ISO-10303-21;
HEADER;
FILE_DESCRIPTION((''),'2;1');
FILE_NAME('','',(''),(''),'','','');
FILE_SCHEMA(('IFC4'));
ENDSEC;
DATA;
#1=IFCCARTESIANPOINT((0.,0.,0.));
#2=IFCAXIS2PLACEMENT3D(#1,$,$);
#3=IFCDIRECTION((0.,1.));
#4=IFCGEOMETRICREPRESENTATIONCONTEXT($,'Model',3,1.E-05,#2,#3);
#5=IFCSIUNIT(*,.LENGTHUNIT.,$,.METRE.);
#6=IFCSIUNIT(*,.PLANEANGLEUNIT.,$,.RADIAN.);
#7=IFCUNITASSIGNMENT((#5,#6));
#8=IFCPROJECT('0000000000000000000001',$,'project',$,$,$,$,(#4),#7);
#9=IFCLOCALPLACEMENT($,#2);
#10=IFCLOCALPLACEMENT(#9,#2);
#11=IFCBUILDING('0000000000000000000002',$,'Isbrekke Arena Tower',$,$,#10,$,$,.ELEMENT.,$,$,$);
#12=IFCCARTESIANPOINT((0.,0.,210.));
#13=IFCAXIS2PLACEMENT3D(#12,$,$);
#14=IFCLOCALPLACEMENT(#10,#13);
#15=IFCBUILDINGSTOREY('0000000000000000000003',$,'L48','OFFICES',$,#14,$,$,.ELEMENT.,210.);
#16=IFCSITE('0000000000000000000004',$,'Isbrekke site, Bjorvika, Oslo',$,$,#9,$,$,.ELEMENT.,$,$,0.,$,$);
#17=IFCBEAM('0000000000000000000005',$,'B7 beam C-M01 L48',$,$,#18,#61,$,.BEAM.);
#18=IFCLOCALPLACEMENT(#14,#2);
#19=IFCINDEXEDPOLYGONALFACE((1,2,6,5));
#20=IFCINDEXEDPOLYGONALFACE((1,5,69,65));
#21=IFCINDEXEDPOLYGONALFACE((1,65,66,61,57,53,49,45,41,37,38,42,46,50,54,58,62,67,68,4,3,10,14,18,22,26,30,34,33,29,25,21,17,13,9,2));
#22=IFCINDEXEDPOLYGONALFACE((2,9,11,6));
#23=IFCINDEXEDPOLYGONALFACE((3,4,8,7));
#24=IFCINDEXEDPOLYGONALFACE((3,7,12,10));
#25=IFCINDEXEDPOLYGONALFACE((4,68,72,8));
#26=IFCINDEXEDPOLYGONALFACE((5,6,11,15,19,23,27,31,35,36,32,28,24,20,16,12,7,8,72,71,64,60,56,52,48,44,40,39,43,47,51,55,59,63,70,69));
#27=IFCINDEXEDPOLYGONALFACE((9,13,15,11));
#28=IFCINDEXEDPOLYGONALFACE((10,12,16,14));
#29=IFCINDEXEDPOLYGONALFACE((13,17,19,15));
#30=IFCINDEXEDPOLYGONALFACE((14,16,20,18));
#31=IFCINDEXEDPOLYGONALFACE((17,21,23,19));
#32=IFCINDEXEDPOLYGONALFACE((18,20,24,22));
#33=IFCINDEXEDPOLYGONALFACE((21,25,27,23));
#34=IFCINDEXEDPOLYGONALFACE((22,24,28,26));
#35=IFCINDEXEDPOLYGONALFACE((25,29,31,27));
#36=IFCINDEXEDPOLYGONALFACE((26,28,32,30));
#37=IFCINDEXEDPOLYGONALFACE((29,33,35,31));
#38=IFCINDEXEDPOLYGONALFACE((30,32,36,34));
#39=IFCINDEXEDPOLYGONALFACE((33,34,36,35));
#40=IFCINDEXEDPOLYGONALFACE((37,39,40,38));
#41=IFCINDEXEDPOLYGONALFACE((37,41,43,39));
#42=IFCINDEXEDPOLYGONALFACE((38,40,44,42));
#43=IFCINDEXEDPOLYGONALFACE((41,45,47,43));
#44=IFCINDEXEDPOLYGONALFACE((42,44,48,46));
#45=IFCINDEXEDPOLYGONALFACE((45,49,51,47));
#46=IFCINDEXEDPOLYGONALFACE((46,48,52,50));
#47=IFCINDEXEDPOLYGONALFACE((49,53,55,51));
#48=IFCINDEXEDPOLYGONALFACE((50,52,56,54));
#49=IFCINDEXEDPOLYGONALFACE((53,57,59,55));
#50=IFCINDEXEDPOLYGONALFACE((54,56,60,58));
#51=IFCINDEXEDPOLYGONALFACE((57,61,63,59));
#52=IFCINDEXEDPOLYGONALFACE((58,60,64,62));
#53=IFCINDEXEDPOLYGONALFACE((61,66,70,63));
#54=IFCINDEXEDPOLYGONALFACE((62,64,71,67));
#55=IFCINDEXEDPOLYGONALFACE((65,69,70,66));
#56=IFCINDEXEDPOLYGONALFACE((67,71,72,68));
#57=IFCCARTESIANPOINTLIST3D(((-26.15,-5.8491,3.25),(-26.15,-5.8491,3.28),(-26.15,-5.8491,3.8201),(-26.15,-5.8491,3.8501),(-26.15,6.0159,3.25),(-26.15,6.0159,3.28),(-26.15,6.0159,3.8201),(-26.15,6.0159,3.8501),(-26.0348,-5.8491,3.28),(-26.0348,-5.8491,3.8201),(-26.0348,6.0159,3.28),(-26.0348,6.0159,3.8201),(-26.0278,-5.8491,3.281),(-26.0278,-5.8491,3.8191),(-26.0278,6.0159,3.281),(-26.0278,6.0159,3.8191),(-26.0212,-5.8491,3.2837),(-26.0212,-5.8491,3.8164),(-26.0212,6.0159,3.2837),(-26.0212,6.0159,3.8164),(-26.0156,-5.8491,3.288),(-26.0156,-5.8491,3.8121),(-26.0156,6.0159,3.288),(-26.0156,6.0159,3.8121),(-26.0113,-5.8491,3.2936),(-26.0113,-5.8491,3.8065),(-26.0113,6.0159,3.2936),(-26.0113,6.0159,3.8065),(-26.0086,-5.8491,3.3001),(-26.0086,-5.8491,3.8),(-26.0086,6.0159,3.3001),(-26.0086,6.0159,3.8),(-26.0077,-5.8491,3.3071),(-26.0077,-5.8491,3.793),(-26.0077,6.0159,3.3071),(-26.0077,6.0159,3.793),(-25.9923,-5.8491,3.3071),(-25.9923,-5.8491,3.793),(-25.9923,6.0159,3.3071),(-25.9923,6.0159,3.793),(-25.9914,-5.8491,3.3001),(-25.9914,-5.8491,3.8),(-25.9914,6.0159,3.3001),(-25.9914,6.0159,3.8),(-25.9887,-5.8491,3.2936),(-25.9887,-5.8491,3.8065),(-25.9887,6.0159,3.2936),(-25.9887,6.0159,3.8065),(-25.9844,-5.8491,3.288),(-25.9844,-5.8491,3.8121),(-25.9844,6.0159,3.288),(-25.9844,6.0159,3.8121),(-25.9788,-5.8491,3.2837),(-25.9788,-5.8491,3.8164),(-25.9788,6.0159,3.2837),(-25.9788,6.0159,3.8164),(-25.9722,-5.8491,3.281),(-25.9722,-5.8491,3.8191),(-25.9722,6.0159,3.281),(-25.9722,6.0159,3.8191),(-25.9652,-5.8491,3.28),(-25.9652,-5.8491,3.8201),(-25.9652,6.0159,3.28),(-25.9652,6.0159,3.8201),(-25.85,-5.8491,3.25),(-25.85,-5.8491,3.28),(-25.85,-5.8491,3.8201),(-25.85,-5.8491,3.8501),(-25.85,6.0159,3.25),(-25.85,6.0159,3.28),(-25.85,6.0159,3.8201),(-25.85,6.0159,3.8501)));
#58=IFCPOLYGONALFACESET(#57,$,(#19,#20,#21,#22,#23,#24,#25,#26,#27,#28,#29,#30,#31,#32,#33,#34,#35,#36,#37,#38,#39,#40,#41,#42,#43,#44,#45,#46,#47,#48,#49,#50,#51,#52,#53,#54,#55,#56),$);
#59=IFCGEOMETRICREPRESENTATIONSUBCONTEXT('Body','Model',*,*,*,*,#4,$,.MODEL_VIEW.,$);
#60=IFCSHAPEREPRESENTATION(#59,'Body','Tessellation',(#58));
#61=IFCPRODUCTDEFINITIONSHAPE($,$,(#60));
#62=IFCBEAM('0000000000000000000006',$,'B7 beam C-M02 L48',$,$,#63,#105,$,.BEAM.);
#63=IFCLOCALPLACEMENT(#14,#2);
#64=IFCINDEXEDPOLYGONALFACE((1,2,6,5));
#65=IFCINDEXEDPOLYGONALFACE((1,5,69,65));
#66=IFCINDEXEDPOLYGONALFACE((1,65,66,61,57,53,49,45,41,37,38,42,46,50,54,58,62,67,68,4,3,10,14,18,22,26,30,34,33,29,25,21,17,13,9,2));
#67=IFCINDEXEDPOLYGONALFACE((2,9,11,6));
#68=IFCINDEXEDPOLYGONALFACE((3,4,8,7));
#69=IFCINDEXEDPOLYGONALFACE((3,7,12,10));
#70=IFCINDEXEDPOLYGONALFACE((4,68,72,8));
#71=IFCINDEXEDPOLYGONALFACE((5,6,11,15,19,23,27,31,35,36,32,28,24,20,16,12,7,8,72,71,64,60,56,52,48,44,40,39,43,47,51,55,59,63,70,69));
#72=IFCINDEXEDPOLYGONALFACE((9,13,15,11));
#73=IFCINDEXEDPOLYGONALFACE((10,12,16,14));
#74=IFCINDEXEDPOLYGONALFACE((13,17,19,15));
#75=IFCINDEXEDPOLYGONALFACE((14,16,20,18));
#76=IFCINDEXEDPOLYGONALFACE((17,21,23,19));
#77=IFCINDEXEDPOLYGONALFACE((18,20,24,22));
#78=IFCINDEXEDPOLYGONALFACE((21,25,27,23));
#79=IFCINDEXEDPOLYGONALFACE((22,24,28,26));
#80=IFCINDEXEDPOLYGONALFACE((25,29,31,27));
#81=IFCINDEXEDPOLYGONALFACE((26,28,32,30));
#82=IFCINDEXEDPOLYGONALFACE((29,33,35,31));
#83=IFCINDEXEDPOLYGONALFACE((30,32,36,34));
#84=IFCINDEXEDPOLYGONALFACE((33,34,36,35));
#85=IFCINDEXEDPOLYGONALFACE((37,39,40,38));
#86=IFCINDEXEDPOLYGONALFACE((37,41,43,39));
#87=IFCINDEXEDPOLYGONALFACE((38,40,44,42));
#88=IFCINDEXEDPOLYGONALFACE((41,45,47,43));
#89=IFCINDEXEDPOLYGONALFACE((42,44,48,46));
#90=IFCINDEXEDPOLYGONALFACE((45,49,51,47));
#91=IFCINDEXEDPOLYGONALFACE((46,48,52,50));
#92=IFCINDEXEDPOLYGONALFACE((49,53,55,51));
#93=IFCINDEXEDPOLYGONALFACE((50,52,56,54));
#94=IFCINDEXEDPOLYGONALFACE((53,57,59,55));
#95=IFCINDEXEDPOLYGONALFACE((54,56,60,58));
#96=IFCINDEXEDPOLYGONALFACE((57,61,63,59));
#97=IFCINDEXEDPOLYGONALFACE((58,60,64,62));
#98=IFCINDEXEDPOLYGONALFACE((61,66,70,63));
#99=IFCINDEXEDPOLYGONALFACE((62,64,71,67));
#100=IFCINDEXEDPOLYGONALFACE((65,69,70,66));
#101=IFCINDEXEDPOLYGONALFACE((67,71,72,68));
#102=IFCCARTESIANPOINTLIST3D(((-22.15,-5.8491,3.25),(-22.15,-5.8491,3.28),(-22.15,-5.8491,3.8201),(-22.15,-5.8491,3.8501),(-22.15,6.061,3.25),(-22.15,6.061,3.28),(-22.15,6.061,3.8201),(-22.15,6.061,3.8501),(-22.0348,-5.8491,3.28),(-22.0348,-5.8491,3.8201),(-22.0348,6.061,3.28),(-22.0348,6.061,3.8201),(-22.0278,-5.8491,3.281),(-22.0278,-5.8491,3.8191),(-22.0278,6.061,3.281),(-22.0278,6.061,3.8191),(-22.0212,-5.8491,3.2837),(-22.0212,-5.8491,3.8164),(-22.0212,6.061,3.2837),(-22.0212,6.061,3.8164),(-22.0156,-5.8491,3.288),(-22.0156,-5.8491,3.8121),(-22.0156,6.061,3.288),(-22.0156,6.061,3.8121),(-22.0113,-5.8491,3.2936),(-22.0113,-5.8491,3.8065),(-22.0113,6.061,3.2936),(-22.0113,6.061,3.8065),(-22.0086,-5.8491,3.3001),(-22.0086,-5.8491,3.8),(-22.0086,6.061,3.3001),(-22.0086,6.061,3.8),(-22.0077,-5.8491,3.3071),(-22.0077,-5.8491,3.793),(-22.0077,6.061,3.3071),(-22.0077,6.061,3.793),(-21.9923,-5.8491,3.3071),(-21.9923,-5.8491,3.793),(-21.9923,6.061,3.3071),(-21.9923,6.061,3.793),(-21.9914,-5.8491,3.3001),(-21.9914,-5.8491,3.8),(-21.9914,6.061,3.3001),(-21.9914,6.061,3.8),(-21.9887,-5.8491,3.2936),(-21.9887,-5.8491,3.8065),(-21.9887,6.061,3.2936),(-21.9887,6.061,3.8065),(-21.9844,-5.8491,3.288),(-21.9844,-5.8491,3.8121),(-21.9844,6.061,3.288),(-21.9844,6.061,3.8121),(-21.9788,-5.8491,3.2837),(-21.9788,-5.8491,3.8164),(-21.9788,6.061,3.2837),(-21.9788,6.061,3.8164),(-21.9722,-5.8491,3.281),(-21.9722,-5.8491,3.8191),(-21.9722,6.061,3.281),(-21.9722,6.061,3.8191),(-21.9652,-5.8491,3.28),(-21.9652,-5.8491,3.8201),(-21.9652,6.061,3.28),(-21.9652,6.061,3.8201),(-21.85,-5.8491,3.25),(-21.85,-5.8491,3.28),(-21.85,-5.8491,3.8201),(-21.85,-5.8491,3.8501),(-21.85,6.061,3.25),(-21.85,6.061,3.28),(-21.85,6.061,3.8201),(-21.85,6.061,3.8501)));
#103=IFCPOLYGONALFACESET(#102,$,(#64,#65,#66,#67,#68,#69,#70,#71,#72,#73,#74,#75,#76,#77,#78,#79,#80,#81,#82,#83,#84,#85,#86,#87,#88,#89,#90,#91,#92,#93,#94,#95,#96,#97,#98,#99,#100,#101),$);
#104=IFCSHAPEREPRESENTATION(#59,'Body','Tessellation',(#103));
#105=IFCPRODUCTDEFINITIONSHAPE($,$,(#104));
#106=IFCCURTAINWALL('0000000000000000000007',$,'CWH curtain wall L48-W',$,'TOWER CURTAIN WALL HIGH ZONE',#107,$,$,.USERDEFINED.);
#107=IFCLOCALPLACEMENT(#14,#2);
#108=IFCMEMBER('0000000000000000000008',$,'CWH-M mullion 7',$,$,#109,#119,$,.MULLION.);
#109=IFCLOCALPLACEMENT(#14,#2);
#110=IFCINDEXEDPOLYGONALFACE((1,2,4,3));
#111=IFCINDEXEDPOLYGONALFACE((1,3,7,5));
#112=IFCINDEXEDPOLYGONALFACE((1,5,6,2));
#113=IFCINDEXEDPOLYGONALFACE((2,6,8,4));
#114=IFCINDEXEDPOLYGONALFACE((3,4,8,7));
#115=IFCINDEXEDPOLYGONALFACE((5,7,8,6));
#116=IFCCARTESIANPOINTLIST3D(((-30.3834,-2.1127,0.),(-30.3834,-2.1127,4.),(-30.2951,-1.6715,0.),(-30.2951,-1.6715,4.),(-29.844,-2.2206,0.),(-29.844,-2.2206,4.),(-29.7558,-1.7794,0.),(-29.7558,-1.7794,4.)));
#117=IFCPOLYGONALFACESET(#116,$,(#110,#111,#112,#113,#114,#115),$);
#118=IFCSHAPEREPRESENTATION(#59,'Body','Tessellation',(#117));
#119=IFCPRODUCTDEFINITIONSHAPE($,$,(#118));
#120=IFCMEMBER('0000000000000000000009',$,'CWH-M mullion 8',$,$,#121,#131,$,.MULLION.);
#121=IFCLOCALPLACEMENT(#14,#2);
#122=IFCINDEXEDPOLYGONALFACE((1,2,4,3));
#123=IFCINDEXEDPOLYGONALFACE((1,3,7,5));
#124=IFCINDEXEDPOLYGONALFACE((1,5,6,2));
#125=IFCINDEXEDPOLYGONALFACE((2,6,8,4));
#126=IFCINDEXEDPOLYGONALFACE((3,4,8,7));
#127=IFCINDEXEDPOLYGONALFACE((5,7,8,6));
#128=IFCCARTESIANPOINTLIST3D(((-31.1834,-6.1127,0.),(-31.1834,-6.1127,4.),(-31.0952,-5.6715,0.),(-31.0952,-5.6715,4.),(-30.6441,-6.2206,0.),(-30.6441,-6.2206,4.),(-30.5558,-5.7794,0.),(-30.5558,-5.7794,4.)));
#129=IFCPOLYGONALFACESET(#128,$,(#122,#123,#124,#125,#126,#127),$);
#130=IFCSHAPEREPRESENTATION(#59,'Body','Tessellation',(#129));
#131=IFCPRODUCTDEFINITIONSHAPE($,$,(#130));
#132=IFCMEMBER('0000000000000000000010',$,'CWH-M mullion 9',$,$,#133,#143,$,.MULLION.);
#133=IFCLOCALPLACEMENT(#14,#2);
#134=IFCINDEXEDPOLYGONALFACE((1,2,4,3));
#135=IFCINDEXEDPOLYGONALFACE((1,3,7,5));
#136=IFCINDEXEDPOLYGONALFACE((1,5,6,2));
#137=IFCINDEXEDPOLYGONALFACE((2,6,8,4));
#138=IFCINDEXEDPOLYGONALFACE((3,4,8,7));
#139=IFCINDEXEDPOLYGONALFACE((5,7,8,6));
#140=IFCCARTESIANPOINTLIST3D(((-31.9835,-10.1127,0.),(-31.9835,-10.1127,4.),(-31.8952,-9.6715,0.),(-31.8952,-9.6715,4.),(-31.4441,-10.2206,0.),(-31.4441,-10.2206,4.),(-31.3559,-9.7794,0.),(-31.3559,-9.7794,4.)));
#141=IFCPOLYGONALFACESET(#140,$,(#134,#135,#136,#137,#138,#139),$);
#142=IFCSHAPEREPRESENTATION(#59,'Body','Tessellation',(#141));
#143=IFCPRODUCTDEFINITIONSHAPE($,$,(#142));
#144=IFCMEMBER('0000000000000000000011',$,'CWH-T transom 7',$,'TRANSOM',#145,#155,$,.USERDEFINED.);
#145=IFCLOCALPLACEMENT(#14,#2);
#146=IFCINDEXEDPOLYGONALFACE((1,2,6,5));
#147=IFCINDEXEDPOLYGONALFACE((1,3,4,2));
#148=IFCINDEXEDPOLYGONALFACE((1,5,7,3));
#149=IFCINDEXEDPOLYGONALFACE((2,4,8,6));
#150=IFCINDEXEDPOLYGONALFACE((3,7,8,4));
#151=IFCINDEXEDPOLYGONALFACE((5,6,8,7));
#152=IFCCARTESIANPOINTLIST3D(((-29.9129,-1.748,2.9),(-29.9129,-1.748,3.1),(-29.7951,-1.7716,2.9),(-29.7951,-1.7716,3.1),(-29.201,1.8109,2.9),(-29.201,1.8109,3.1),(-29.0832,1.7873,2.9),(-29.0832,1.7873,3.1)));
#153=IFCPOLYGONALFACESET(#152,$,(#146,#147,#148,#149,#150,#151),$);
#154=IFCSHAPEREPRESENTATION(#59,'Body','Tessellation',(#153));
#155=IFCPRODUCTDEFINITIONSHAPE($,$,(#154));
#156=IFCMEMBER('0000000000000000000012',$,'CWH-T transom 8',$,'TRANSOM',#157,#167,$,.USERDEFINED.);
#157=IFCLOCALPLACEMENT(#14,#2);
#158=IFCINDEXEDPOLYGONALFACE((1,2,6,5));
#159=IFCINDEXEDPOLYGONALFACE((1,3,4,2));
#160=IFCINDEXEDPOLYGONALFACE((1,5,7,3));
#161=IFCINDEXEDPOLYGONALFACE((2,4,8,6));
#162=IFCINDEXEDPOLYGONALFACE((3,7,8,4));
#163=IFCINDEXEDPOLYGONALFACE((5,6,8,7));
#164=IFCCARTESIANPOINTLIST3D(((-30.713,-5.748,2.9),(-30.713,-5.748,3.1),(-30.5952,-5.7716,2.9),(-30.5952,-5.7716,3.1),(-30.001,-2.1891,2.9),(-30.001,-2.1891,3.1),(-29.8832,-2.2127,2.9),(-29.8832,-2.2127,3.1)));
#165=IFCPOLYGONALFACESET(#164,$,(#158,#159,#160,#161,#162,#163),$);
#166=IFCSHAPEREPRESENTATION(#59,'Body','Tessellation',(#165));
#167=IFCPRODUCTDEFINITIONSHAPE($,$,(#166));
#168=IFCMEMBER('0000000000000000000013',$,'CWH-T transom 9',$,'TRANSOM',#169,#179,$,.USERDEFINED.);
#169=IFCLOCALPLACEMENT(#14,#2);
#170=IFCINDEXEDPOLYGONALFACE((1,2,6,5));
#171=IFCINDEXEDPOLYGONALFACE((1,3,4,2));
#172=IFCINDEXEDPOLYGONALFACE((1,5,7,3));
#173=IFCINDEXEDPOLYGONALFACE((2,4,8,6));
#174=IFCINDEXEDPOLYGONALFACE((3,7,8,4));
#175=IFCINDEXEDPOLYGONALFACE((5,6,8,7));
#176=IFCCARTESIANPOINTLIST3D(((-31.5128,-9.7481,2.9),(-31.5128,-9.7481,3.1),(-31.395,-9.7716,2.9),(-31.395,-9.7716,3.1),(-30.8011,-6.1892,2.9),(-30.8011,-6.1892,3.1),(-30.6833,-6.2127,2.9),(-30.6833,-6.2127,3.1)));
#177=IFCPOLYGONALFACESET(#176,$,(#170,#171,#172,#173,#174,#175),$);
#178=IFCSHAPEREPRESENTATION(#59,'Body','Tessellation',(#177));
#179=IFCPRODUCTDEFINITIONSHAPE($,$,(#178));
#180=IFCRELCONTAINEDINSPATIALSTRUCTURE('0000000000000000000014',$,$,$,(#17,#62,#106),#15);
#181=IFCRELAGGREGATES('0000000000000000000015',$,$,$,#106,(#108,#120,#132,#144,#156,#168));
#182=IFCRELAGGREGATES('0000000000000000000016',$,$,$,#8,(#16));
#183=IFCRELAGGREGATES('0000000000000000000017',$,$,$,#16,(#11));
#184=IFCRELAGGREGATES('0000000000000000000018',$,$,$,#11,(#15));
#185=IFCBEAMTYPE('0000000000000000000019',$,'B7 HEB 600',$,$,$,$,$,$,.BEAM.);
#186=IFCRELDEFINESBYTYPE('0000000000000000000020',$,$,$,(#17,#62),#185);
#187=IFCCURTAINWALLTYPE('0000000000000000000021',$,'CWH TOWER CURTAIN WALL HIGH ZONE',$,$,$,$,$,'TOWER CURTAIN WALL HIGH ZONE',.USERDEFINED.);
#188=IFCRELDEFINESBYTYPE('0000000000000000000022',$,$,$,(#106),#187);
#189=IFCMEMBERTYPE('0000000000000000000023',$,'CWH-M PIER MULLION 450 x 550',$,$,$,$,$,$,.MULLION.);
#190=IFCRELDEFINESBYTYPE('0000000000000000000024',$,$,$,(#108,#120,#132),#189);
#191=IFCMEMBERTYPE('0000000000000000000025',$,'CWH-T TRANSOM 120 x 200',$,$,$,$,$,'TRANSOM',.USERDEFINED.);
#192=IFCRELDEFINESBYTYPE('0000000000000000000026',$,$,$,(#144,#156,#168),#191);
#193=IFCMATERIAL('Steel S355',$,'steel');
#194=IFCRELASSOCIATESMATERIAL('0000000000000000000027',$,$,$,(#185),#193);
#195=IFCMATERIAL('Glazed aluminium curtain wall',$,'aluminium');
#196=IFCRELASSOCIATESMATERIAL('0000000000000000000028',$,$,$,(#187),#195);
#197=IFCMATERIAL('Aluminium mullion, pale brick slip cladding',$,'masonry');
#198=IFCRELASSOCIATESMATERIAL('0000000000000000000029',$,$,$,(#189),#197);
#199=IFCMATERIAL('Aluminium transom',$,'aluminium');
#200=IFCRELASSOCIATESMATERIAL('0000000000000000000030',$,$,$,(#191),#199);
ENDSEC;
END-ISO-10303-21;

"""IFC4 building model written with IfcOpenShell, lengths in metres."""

from ifc_helpers import new_model, si_unit, direction, frame, origin, origin_2d, place, context, subcontext, project, spatial, rectangle, i_section, extrude, material, material_profile, profile_set, type_object, element, aggregate, save


model = new_model("IFC4")

# Units and contexts
model_context = context("Model", 3, precision=1e-05, world=origin(), true_north=direction((0.0, 1.0)))
body_context = subcontext(model_context, "Body", "Model", "MODEL_VIEW")
ifc_project = project(units=[si_unit("LENGTHUNIT", "METRE"), si_unit("PLANEANGLEUNIT", "RADIAN")], contexts=[model_context])

# Site, building, storey
site_placement = place(None, origin())
site = spatial("IfcSite", under=ifc_project, at=site_placement, Name="Isbrekke site, Bjorvika, Oslo", CompositionType="ELEMENT", RefElevation=0.0)
building_placement = place(site_placement, origin())
building = spatial("IfcBuilding", under=site, at=building_placement, Name="Isbrekke Arena Tower", CompositionType="ELEMENT")
storey_placement = place(building_placement, frame((0.0, 0.0, 210.0)))
storey = spatial("IfcBuildingStorey", under=building, at=storey_placement, Name="L48", Description="OFFICES", CompositionType="ELEMENT", Elevation=210.0)

# Beams
ifc_material_1 = material(Name="Steel S355", Category="steel")
ifc_material_profile_1 = material_profile(ifc_material_1, i_section(OverallWidth=0.3, OverallDepth=0.6001, WebThickness=0.0154, FlangeThickness=0.03, FilletRadius=0.0271, at=origin_2d()), Name="HEB 600")
ifc_profile_set_1 = profile_set([ifc_material_profile_1], Name="Steel S355")
beam_type_1 = type_object("IfcBeamType", Name="B7 HEB 600", PredefinedType="BEAM", material=ifc_profile_set_1)
beam_1_placement = place(storey_placement, frame((-26.0, -5.8491, 3.55), z_axis=(0.0, 1.0, 0.0), x_axis=(-1.0, 0.0, 0.0)))
element("IfcBeam", 1, at=beam_1_placement, inside=storey, type_object=beam_type_1, Name="B7 beam C-M01 L48", PredefinedType="BEAM", context=body_context, shape_type="SweptSolid", body=[
    extrude(i_section(OverallWidth=0.3, OverallDepth=0.6001, WebThickness=0.0154, FlangeThickness=0.03, FilletRadius=0.0271, at=origin_2d()), origin(), (0.0, 0.0, 1.0), 11.865),
])
beam_2_placement = place(storey_placement, frame((-22.0, -5.8491, 3.55), z_axis=(0.0, 1.0, 0.0), x_axis=(-1.0, 0.0, 0.0)))
element("IfcBeam", 2, at=beam_2_placement, inside=storey, type_object=beam_type_1, Name="B7 beam C-M02 L48", PredefinedType="BEAM", context=body_context, shape_type="SweptSolid", body=[
    extrude(i_section(OverallWidth=0.3, OverallDepth=0.6001, WebThickness=0.0154, FlangeThickness=0.03, FilletRadius=0.0271, at=origin_2d()), origin(), (0.0, 0.0, 1.0), 11.9102),
])

# Curtain wall, members
ifc_material_2 = material(Name="Glazed aluminium curtain wall", Category="aluminium")
curtain_wall_type = type_object("IfcCurtainWallType", Name="CWH TOWER CURTAIN WALL HIGH ZONE", ElementType="TOWER CURTAIN WALL HIGH ZONE", PredefinedType="USERDEFINED", material=ifc_material_2)
curtain_wall_placement = place(storey_placement, origin())
curtain_wall = element("IfcCurtainWall", 3, at=curtain_wall_placement, inside=storey, type_object=curtain_wall_type, Name="CWH curtain wall L48-W", ObjectType="TOWER CURTAIN WALL HIGH ZONE", PredefinedType="USERDEFINED")
ifc_material_3 = material(Name="Aluminium mullion, pale brick slip cladding", Category="masonry")
ifc_material_profile_2 = material_profile(ifc_material_3, rectangle(XDim=0.45, YDim=0.55, at=origin_2d()), Name="PIER 450X550")
ifc_profile_set_2 = profile_set([ifc_material_profile_2], Name="Aluminium mullion, pale brick slip cladding")
member_type_1 = type_object("IfcMemberType", Name="CWH-M PIER MULLION 450 x 550", PredefinedType="MULLION", material=ifc_profile_set_2)
member_1_placement = place(storey_placement, frame((-30.0696, -1.946, 0.0), z_axis=(0.0, 0.0, 1.0), x_axis=(-0.196116, -0.980581, 0.0)))
member_1 = element("IfcMember", 4, at=member_1_placement, type_object=member_type_1, Name="CWH-M mullion 7", PredefinedType="MULLION", context=body_context, shape_type="SweptSolid", body=[
    extrude(rectangle(XDim=0.45, YDim=0.55, at=origin_2d()), origin(), (0.0, 0.0, 1.0), 4.0),
])
member_2_placement = place(storey_placement, frame((-30.8696, -5.946, 0.0), z_axis=(0.0, 0.0, 1.0), x_axis=(-0.196116, -0.980581, 0.0)))
member_2 = element("IfcMember", 5, at=member_2_placement, type_object=member_type_1, Name="CWH-M mullion 8", PredefinedType="MULLION", context=body_context, shape_type="SweptSolid", body=[
    extrude(rectangle(XDim=0.45, YDim=0.55, at=origin_2d()), origin(), (0.0, 0.0, 1.0), 4.0),
])
member_3_placement = place(storey_placement, frame((-31.6697, -9.946, 0.0), z_axis=(0.0, 0.0, 1.0), x_axis=(-0.196116, -0.980581, 0.0)))
member_3 = element("IfcMember", 6, at=member_3_placement, type_object=member_type_1, Name="CWH-M mullion 9", PredefinedType="MULLION", context=body_context, shape_type="SweptSolid", body=[
    extrude(rectangle(XDim=0.45, YDim=0.55, at=origin_2d()), origin(), (0.0, 0.0, 1.0), 4.0),
])
ifc_material_4 = material(Name="Aluminium transom", Category="aluminium")
ifc_material_profile_3 = material_profile(ifc_material_4, rectangle(XDim=0.1201, YDim=0.2, at=origin_2d()), Name="TRANSOM 120X200")
ifc_profile_set_3 = profile_set([ifc_material_profile_3], Name="Aluminium transom")
member_type_2 = type_object("IfcMemberType", Name="CWH-T TRANSOM 120 x 200", ElementType="TRANSOM", PredefinedType="USERDEFINED", material=ifc_profile_set_3)
member_4_placement = place(storey_placement, frame((-29.1421, 1.7991, 3.0), z_axis=(-0.196155, -0.980573, 0.0), x_axis=(0.980573, -0.196155, 0.0)))
member_4 = element("IfcMember", 7, at=member_4_placement, type_object=member_type_2, Name="CWH-T transom 7", ObjectType="TRANSOM", PredefinedType="USERDEFINED", context=body_context, shape_type="SweptSolid", body=[
    extrude(rectangle(XDim=0.1201, YDim=0.2, at=origin_2d()), origin(), (0.0, 0.0, 1.0), 3.6294),
])
member_5_placement = place(storey_placement, frame((-29.9421, -2.2009, 3.0), z_axis=(-0.196155, -0.980573, 0.0), x_axis=(0.980573, -0.196155, 0.0)))
member_5 = element("IfcMember", 8, at=member_5_placement, type_object=member_type_2, Name="CWH-T transom 8", ObjectType="TRANSOM", PredefinedType="USERDEFINED", context=body_context, shape_type="SweptSolid", body=[
    extrude(rectangle(XDim=0.1201, YDim=0.2, at=origin_2d()), origin(), (0.0, 0.0, 1.0), 3.6294),
])
member_6_placement = place(storey_placement, frame((-30.7422, -6.2009, 3.0), z_axis=(-0.19609, -0.980586, 0.0), x_axis=(0.980586, -0.19609, 0.0)))
member_6 = element("IfcMember", 9, at=member_6_placement, type_object=member_type_2, Name="CWH-T transom 9", ObjectType="TRANSOM", PredefinedType="USERDEFINED", context=body_context, shape_type="SweptSolid", body=[
    extrude(rectangle(XDim=0.1201, YDim=0.2, at=origin_2d()), origin(), (0.0, 0.0, 1.0), 3.6294),
])

aggregate(curtain_wall, [member_1, member_2, member_3, member_4, member_5, member_6])

save(model, "model.ifc")
